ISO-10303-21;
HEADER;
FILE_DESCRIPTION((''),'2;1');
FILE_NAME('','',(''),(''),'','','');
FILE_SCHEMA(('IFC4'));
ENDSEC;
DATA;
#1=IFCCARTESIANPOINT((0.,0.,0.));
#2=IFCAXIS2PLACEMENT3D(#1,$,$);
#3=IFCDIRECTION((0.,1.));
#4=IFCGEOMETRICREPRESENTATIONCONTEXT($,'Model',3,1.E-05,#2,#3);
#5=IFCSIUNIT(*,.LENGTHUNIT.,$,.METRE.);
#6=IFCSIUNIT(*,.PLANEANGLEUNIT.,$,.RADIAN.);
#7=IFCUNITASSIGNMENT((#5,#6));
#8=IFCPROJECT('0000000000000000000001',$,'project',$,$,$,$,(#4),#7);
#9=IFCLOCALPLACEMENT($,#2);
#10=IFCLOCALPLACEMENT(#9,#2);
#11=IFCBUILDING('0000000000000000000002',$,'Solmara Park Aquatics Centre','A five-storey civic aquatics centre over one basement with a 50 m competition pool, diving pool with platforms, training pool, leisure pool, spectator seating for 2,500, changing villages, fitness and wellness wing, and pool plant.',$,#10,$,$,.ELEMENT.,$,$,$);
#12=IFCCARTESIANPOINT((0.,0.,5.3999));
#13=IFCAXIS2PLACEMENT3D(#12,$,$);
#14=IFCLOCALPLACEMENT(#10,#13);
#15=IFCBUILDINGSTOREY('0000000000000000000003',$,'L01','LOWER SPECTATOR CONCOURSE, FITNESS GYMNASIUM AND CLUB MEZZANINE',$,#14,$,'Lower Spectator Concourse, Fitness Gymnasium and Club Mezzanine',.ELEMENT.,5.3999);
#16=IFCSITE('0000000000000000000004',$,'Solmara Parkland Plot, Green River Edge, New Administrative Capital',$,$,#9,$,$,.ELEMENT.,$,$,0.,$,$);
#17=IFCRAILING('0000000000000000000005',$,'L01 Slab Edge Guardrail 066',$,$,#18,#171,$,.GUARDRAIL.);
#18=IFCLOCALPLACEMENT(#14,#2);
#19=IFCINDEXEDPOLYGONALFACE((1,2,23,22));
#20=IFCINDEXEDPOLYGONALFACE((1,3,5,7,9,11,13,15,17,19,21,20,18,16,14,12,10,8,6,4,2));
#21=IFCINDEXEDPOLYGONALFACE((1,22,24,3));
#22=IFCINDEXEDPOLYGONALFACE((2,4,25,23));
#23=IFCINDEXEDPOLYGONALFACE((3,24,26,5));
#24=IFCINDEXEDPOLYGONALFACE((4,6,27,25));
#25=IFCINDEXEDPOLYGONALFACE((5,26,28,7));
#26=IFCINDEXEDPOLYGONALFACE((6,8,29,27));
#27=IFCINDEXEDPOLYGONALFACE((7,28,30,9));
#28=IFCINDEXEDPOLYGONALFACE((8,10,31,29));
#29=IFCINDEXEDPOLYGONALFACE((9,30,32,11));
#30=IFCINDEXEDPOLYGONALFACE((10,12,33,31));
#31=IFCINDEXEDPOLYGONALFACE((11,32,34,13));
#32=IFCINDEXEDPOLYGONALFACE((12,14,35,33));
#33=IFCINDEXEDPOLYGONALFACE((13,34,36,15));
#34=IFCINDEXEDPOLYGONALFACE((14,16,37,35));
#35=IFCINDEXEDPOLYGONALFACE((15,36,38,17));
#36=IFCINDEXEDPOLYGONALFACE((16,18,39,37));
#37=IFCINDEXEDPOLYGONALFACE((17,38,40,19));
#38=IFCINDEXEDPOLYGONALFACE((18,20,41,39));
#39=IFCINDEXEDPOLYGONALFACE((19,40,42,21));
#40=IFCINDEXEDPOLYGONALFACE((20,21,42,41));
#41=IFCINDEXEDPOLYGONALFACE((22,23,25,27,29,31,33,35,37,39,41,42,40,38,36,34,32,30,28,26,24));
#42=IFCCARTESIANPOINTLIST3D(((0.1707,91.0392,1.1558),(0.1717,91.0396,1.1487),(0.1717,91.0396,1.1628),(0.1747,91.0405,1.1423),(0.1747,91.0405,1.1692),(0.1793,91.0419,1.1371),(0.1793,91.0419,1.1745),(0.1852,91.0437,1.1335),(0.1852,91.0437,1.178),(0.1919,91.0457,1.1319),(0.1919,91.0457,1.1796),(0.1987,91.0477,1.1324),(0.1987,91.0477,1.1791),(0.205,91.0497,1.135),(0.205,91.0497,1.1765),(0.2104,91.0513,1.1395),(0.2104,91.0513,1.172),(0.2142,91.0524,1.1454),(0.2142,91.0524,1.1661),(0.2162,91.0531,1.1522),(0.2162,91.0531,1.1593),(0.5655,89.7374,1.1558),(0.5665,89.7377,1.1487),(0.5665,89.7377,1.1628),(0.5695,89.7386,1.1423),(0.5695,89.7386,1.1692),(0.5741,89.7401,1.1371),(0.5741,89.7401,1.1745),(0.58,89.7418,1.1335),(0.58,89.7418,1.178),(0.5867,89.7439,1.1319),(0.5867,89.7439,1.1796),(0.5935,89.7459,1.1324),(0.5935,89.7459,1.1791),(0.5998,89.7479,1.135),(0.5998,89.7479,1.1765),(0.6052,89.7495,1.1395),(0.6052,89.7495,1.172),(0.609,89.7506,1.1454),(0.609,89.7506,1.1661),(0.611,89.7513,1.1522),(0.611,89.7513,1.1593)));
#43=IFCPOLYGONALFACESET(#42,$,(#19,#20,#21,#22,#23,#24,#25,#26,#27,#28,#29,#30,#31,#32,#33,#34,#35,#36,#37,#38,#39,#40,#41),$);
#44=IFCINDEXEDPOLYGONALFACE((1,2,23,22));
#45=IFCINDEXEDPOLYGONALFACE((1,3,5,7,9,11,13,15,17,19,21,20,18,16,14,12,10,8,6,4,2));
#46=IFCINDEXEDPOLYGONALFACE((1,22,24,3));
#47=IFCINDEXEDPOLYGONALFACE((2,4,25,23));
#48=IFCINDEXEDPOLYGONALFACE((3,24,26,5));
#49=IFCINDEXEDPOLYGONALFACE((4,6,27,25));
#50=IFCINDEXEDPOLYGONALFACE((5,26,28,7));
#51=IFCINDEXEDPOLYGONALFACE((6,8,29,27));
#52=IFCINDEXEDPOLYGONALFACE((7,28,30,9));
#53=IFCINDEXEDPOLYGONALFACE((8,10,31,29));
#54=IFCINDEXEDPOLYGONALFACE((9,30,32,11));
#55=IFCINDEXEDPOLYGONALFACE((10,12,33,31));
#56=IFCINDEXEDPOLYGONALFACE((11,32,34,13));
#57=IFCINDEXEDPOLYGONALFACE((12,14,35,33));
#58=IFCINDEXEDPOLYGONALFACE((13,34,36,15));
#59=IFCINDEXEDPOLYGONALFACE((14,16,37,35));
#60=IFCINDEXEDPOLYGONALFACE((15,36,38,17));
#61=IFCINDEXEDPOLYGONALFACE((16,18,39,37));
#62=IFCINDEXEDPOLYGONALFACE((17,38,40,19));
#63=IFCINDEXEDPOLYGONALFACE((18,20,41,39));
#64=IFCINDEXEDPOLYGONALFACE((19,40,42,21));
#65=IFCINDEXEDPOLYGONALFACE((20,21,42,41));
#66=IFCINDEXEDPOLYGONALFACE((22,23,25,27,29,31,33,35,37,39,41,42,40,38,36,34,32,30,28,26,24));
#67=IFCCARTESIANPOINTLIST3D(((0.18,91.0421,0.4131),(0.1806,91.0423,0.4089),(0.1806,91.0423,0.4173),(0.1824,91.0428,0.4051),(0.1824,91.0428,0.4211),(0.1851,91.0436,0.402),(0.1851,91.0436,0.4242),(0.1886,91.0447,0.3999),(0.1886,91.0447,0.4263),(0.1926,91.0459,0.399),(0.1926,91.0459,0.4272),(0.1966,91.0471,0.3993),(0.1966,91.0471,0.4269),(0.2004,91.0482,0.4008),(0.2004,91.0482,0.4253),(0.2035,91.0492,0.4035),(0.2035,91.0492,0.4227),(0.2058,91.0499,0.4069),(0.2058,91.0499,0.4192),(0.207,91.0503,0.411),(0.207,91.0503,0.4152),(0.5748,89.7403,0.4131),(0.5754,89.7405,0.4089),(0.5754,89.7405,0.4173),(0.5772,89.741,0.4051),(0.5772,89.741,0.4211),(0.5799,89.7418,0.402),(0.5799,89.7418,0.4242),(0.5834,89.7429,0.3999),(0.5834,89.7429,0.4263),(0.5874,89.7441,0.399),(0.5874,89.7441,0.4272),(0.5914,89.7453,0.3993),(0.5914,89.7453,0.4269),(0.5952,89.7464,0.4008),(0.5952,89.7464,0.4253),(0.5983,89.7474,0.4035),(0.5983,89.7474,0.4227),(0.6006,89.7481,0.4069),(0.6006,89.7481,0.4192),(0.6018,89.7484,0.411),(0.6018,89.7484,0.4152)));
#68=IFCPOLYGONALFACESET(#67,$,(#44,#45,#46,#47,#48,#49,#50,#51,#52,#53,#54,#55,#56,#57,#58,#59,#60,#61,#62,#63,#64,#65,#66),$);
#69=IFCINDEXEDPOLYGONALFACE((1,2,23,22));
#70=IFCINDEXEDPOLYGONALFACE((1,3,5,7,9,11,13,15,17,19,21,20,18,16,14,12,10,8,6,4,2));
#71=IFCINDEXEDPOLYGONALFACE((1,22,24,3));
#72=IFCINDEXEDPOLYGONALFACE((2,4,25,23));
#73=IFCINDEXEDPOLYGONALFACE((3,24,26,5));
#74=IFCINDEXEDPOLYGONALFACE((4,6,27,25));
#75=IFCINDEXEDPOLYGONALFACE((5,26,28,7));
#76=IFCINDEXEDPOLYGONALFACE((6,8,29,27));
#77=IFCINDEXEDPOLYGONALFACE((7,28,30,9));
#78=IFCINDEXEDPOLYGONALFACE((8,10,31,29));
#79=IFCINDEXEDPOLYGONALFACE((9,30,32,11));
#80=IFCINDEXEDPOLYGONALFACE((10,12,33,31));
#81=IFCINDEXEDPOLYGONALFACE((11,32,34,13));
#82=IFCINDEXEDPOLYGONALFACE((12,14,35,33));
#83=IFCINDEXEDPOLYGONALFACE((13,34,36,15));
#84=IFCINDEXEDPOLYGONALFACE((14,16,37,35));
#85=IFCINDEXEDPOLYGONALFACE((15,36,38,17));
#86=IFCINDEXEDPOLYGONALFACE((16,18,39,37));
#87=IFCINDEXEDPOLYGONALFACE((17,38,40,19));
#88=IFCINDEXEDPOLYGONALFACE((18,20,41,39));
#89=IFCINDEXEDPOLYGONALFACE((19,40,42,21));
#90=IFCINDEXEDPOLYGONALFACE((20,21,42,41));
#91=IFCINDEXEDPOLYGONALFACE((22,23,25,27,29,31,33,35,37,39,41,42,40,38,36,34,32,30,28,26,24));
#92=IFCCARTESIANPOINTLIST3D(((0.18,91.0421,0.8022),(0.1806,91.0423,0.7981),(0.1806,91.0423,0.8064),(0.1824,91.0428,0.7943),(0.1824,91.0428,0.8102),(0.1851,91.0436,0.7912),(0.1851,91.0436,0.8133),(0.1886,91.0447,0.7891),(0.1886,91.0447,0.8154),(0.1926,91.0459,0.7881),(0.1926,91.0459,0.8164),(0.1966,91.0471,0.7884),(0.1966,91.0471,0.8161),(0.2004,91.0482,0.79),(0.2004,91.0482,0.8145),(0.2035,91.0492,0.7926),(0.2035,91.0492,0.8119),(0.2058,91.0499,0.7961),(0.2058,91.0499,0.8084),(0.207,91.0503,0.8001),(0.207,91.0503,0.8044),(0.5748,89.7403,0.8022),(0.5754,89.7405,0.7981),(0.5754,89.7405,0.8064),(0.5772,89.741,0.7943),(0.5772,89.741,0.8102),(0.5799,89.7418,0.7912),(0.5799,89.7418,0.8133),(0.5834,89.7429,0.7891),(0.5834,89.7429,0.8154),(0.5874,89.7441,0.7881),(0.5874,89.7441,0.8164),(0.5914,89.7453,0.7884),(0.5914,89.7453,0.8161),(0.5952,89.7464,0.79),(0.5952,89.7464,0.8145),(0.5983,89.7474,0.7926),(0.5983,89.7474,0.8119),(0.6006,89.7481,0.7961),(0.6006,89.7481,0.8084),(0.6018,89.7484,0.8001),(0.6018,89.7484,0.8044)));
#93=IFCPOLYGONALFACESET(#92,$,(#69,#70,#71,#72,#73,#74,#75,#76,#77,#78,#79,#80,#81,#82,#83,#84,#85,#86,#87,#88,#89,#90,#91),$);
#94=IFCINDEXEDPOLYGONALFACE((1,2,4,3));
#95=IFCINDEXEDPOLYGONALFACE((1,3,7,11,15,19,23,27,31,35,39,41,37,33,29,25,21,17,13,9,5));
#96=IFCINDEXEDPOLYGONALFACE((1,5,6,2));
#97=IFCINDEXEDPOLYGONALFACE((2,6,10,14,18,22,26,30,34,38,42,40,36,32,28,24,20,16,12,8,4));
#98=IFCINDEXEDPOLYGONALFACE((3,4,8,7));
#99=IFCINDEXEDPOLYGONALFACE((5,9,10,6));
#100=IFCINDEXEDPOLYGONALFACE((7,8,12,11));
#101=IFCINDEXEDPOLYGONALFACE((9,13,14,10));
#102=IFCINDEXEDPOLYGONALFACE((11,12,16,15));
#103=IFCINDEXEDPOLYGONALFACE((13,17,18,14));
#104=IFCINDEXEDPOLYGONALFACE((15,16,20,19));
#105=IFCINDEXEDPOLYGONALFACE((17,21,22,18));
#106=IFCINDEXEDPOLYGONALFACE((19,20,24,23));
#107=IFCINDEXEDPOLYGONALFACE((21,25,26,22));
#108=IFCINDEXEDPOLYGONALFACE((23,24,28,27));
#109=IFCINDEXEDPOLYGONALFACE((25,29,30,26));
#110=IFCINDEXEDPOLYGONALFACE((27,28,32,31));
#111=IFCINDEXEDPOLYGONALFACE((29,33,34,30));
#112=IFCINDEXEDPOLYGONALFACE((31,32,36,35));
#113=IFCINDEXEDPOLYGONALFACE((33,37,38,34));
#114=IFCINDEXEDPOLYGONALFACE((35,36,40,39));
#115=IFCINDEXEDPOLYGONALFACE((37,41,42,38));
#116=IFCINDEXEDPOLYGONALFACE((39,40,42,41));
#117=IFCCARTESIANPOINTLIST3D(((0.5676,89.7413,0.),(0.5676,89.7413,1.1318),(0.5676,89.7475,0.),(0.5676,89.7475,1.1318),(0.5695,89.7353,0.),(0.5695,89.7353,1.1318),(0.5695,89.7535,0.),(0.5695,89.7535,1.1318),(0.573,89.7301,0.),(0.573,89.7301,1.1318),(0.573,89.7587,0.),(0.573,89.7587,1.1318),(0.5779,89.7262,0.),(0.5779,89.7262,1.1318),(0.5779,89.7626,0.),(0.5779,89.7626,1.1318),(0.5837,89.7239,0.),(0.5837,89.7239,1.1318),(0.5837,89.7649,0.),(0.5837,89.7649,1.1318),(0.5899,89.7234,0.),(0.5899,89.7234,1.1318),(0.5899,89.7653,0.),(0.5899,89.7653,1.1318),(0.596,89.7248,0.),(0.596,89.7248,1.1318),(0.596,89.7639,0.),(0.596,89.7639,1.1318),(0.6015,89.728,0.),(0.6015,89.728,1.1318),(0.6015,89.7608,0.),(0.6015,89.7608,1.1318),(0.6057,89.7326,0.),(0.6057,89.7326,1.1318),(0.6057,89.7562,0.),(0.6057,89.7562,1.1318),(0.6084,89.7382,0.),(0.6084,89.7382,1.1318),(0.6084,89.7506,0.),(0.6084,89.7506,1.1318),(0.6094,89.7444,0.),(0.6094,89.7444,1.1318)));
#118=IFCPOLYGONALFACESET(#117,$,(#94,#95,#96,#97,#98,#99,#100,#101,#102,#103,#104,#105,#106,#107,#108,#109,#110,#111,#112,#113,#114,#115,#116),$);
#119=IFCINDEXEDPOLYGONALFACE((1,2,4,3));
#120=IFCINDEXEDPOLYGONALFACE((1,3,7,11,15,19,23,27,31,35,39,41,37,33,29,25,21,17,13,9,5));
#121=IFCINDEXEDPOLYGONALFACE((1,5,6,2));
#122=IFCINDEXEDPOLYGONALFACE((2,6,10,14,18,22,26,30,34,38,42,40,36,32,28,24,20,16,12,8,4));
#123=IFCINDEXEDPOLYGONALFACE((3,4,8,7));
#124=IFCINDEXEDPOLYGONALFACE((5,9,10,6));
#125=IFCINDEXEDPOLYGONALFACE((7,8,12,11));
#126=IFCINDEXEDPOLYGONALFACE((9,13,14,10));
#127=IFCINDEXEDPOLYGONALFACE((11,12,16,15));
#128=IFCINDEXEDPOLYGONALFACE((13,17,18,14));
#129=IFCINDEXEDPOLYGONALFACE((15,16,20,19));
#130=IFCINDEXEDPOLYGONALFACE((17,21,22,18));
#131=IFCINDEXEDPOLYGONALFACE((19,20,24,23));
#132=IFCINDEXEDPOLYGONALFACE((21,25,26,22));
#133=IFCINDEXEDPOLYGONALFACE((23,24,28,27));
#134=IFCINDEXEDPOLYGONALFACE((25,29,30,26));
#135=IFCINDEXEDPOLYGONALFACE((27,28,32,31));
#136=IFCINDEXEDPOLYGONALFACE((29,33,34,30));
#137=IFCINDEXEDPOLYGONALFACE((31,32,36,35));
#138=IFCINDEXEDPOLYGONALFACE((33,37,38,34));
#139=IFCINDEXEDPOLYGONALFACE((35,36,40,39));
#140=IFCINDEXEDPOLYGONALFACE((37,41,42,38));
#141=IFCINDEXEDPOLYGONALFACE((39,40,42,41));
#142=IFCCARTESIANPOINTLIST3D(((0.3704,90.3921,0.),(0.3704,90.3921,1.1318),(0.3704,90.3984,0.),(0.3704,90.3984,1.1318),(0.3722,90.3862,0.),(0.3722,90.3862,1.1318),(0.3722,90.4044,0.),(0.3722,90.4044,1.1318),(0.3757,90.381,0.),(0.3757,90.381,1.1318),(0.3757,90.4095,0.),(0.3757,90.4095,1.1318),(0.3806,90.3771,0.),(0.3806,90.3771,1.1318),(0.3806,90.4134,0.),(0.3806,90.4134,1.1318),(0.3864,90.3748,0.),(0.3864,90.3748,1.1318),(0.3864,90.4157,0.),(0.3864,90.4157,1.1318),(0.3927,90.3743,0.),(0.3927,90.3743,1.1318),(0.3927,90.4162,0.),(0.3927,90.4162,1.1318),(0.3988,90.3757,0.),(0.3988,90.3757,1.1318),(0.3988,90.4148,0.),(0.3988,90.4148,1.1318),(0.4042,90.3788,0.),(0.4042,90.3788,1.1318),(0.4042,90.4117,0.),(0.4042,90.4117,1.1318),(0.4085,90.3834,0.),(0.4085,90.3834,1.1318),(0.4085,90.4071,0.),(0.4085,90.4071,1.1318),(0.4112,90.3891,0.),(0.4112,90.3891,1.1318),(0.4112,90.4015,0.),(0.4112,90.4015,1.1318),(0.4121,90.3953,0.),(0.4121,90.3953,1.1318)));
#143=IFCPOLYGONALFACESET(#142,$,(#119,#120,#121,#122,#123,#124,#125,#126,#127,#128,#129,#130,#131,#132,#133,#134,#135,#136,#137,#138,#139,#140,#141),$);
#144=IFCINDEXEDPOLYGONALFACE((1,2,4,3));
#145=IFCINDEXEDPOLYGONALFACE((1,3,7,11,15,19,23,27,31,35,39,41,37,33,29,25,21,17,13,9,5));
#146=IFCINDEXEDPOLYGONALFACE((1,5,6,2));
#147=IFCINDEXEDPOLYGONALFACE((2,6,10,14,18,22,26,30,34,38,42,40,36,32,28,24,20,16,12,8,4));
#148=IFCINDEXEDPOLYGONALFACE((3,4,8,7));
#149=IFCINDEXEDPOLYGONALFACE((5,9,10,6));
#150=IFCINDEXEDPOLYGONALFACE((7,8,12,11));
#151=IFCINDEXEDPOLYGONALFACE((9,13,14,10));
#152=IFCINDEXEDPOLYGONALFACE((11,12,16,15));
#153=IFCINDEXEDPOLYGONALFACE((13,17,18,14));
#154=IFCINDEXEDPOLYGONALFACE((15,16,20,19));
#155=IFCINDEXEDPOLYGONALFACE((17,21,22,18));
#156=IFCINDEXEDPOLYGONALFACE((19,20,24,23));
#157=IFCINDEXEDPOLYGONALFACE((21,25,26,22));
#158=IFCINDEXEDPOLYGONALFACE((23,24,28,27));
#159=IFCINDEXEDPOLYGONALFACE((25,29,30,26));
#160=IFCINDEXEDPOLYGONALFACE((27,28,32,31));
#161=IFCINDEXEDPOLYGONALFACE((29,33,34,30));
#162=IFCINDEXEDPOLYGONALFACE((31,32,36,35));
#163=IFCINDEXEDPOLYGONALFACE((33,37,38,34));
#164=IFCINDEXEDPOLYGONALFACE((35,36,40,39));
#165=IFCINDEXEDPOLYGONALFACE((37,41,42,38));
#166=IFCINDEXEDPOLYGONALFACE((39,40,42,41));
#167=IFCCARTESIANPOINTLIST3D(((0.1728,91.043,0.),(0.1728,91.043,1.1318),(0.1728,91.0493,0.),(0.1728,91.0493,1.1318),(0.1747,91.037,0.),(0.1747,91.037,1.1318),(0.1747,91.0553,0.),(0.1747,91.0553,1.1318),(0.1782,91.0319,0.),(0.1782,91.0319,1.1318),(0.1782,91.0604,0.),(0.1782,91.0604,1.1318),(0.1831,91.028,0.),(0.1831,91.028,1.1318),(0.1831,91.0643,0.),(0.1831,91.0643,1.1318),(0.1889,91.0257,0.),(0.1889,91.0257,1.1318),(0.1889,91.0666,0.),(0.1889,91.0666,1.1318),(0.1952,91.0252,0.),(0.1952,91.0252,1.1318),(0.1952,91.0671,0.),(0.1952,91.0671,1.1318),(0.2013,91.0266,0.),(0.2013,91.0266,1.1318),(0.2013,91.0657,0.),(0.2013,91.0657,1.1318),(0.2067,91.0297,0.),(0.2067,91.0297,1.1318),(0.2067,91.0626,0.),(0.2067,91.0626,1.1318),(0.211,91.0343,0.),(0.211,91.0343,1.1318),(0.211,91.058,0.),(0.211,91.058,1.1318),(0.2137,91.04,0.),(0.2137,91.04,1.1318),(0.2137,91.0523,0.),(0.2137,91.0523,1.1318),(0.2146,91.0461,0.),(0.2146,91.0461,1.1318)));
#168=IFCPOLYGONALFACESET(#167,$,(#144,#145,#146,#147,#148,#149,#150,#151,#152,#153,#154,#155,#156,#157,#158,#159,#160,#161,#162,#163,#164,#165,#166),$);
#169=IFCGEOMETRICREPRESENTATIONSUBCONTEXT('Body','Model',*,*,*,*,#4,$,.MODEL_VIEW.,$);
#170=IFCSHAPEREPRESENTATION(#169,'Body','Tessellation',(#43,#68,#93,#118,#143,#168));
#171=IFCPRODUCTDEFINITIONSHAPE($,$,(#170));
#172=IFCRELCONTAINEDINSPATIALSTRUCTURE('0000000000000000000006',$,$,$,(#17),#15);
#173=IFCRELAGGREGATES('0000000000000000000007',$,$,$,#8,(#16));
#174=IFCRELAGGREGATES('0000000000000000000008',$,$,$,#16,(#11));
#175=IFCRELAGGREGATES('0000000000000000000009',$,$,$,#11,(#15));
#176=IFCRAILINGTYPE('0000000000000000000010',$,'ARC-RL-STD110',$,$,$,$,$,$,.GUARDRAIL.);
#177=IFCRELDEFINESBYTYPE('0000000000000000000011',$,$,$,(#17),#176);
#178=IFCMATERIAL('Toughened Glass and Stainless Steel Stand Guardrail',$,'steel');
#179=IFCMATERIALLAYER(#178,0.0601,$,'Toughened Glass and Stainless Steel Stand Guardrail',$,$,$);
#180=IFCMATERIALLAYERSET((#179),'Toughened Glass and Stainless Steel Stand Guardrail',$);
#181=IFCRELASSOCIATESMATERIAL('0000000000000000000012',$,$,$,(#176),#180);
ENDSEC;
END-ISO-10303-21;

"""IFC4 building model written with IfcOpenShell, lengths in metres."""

from ifc_helpers import new_model, si_unit, direction, frame, origin, origin_2d, place, context, subcontext, project, spatial, circle, extrude, material, layer, layer_set, type_object, element, save


model = new_model("IFC4")

# Units and contexts
model_context = context("Model", 3, precision=1e-05, world=origin(), true_north=direction((0.0, 1.0)))
body_context = subcontext(model_context, "Body", "Model", "MODEL_VIEW")
ifc_project = project(units=[si_unit("LENGTHUNIT", "METRE"), si_unit("PLANEANGLEUNIT", "RADIAN")], contexts=[model_context])

# Site, building, storey
site_placement = place(None, origin())
site = spatial("IfcSite", under=ifc_project, at=site_placement, Name="Solmara Parkland Plot, Green River Edge, New Administrative Capital", CompositionType="ELEMENT", RefElevation=0.0)
building_placement = place(site_placement, origin())
building = spatial("IfcBuilding", under=site, at=building_placement, Name="Solmara Park Aquatics Centre", Description="A five-storey civic aquatics centre over one basement with a 50 m competition pool, diving pool with platforms, training pool, leisure pool, spectator seating for 2,500, changing villages, fitness and wellness wing, and pool plant.", CompositionType="ELEMENT")
storey_placement = place(building_placement, frame((0.0, 0.0, 5.3999)))
storey = spatial("IfcBuildingStorey", under=building, at=storey_placement, Name="L01", Description="LOWER SPECTATOR CONCOURSE, FITNESS GYMNASIUM AND CLUB MEZZANINE", LongName="Lower Spectator Concourse, Fitness Gymnasium and Club Mezzanine", CompositionType="ELEMENT", Elevation=5.3999)

# Railing
ifc_material_1 = material(Name="Toughened Glass and Stainless Steel Stand Guardrail", Category="steel")
ifc_layer_1 = layer(ifc_material_1, 0.0601, Name="Toughened Glass and Stainless Steel Stand Guardrail")
ifc_layer_set_1 = layer_set([ifc_layer_1], Name="Toughened Glass and Stainless Steel Stand Guardrail")
railing_type = type_object("IfcRailingType", Name="ARC-RL-STD110", PredefinedType="GUARDRAIL", material=ifc_layer_set_1)
railing_1_placement = place(storey_placement, frame((0.5884, 89.7444, 0.0)))
element("IfcRailing", 1, at=railing_1_placement, inside=storey, type_object=railing_type, Name="L01 Slab Edge Guardrail 066", PredefinedType="GUARDRAIL", context=body_context, shape_type="SweptSolid", body=[
    extrude(circle(Radius=0.0239, at=origin_2d()), frame((0.0, 0.0, 1.1558), z_axis=(-0.290212, 0.956962, 0.0), x_axis=(-0.956962, -0.290212, 0.0)), (0.0, 0.0, 1.0), 1.3604),
    extrude(circle(Radius=0.0142, at=origin_2d()), frame((0.0, 0.0, 0.4131), z_axis=(-0.290212, 0.956962, 0.0), x_axis=(-0.956962, -0.290212, 0.0)), (0.0, 0.0, 1.0), 1.3604),
    extrude(circle(Radius=0.0142, at=origin_2d()), frame((0.0, 0.0, 0.8022), z_axis=(-0.290212, 0.956962, 0.0), x_axis=(-0.956962, -0.290212, 0.0)), (0.0, 0.0, 1.0), 1.3604),
    extrude(circle(Radius=0.021, at=origin_2d()), origin(), (0.0, 0.0, 1.0), 1.1318),
    extrude(circle(Radius=0.021, at=origin_2d()), frame((-0.1973, 0.6509, 0.0)), (0.0, 0.0, 1.0), 1.1318),
    extrude(circle(Radius=0.021, at=origin_2d()), frame((-0.3948, 1.3018, 0.0)), (0.0, 0.0, 1.0), 1.1318),
])

save(model, "model.ifc")
